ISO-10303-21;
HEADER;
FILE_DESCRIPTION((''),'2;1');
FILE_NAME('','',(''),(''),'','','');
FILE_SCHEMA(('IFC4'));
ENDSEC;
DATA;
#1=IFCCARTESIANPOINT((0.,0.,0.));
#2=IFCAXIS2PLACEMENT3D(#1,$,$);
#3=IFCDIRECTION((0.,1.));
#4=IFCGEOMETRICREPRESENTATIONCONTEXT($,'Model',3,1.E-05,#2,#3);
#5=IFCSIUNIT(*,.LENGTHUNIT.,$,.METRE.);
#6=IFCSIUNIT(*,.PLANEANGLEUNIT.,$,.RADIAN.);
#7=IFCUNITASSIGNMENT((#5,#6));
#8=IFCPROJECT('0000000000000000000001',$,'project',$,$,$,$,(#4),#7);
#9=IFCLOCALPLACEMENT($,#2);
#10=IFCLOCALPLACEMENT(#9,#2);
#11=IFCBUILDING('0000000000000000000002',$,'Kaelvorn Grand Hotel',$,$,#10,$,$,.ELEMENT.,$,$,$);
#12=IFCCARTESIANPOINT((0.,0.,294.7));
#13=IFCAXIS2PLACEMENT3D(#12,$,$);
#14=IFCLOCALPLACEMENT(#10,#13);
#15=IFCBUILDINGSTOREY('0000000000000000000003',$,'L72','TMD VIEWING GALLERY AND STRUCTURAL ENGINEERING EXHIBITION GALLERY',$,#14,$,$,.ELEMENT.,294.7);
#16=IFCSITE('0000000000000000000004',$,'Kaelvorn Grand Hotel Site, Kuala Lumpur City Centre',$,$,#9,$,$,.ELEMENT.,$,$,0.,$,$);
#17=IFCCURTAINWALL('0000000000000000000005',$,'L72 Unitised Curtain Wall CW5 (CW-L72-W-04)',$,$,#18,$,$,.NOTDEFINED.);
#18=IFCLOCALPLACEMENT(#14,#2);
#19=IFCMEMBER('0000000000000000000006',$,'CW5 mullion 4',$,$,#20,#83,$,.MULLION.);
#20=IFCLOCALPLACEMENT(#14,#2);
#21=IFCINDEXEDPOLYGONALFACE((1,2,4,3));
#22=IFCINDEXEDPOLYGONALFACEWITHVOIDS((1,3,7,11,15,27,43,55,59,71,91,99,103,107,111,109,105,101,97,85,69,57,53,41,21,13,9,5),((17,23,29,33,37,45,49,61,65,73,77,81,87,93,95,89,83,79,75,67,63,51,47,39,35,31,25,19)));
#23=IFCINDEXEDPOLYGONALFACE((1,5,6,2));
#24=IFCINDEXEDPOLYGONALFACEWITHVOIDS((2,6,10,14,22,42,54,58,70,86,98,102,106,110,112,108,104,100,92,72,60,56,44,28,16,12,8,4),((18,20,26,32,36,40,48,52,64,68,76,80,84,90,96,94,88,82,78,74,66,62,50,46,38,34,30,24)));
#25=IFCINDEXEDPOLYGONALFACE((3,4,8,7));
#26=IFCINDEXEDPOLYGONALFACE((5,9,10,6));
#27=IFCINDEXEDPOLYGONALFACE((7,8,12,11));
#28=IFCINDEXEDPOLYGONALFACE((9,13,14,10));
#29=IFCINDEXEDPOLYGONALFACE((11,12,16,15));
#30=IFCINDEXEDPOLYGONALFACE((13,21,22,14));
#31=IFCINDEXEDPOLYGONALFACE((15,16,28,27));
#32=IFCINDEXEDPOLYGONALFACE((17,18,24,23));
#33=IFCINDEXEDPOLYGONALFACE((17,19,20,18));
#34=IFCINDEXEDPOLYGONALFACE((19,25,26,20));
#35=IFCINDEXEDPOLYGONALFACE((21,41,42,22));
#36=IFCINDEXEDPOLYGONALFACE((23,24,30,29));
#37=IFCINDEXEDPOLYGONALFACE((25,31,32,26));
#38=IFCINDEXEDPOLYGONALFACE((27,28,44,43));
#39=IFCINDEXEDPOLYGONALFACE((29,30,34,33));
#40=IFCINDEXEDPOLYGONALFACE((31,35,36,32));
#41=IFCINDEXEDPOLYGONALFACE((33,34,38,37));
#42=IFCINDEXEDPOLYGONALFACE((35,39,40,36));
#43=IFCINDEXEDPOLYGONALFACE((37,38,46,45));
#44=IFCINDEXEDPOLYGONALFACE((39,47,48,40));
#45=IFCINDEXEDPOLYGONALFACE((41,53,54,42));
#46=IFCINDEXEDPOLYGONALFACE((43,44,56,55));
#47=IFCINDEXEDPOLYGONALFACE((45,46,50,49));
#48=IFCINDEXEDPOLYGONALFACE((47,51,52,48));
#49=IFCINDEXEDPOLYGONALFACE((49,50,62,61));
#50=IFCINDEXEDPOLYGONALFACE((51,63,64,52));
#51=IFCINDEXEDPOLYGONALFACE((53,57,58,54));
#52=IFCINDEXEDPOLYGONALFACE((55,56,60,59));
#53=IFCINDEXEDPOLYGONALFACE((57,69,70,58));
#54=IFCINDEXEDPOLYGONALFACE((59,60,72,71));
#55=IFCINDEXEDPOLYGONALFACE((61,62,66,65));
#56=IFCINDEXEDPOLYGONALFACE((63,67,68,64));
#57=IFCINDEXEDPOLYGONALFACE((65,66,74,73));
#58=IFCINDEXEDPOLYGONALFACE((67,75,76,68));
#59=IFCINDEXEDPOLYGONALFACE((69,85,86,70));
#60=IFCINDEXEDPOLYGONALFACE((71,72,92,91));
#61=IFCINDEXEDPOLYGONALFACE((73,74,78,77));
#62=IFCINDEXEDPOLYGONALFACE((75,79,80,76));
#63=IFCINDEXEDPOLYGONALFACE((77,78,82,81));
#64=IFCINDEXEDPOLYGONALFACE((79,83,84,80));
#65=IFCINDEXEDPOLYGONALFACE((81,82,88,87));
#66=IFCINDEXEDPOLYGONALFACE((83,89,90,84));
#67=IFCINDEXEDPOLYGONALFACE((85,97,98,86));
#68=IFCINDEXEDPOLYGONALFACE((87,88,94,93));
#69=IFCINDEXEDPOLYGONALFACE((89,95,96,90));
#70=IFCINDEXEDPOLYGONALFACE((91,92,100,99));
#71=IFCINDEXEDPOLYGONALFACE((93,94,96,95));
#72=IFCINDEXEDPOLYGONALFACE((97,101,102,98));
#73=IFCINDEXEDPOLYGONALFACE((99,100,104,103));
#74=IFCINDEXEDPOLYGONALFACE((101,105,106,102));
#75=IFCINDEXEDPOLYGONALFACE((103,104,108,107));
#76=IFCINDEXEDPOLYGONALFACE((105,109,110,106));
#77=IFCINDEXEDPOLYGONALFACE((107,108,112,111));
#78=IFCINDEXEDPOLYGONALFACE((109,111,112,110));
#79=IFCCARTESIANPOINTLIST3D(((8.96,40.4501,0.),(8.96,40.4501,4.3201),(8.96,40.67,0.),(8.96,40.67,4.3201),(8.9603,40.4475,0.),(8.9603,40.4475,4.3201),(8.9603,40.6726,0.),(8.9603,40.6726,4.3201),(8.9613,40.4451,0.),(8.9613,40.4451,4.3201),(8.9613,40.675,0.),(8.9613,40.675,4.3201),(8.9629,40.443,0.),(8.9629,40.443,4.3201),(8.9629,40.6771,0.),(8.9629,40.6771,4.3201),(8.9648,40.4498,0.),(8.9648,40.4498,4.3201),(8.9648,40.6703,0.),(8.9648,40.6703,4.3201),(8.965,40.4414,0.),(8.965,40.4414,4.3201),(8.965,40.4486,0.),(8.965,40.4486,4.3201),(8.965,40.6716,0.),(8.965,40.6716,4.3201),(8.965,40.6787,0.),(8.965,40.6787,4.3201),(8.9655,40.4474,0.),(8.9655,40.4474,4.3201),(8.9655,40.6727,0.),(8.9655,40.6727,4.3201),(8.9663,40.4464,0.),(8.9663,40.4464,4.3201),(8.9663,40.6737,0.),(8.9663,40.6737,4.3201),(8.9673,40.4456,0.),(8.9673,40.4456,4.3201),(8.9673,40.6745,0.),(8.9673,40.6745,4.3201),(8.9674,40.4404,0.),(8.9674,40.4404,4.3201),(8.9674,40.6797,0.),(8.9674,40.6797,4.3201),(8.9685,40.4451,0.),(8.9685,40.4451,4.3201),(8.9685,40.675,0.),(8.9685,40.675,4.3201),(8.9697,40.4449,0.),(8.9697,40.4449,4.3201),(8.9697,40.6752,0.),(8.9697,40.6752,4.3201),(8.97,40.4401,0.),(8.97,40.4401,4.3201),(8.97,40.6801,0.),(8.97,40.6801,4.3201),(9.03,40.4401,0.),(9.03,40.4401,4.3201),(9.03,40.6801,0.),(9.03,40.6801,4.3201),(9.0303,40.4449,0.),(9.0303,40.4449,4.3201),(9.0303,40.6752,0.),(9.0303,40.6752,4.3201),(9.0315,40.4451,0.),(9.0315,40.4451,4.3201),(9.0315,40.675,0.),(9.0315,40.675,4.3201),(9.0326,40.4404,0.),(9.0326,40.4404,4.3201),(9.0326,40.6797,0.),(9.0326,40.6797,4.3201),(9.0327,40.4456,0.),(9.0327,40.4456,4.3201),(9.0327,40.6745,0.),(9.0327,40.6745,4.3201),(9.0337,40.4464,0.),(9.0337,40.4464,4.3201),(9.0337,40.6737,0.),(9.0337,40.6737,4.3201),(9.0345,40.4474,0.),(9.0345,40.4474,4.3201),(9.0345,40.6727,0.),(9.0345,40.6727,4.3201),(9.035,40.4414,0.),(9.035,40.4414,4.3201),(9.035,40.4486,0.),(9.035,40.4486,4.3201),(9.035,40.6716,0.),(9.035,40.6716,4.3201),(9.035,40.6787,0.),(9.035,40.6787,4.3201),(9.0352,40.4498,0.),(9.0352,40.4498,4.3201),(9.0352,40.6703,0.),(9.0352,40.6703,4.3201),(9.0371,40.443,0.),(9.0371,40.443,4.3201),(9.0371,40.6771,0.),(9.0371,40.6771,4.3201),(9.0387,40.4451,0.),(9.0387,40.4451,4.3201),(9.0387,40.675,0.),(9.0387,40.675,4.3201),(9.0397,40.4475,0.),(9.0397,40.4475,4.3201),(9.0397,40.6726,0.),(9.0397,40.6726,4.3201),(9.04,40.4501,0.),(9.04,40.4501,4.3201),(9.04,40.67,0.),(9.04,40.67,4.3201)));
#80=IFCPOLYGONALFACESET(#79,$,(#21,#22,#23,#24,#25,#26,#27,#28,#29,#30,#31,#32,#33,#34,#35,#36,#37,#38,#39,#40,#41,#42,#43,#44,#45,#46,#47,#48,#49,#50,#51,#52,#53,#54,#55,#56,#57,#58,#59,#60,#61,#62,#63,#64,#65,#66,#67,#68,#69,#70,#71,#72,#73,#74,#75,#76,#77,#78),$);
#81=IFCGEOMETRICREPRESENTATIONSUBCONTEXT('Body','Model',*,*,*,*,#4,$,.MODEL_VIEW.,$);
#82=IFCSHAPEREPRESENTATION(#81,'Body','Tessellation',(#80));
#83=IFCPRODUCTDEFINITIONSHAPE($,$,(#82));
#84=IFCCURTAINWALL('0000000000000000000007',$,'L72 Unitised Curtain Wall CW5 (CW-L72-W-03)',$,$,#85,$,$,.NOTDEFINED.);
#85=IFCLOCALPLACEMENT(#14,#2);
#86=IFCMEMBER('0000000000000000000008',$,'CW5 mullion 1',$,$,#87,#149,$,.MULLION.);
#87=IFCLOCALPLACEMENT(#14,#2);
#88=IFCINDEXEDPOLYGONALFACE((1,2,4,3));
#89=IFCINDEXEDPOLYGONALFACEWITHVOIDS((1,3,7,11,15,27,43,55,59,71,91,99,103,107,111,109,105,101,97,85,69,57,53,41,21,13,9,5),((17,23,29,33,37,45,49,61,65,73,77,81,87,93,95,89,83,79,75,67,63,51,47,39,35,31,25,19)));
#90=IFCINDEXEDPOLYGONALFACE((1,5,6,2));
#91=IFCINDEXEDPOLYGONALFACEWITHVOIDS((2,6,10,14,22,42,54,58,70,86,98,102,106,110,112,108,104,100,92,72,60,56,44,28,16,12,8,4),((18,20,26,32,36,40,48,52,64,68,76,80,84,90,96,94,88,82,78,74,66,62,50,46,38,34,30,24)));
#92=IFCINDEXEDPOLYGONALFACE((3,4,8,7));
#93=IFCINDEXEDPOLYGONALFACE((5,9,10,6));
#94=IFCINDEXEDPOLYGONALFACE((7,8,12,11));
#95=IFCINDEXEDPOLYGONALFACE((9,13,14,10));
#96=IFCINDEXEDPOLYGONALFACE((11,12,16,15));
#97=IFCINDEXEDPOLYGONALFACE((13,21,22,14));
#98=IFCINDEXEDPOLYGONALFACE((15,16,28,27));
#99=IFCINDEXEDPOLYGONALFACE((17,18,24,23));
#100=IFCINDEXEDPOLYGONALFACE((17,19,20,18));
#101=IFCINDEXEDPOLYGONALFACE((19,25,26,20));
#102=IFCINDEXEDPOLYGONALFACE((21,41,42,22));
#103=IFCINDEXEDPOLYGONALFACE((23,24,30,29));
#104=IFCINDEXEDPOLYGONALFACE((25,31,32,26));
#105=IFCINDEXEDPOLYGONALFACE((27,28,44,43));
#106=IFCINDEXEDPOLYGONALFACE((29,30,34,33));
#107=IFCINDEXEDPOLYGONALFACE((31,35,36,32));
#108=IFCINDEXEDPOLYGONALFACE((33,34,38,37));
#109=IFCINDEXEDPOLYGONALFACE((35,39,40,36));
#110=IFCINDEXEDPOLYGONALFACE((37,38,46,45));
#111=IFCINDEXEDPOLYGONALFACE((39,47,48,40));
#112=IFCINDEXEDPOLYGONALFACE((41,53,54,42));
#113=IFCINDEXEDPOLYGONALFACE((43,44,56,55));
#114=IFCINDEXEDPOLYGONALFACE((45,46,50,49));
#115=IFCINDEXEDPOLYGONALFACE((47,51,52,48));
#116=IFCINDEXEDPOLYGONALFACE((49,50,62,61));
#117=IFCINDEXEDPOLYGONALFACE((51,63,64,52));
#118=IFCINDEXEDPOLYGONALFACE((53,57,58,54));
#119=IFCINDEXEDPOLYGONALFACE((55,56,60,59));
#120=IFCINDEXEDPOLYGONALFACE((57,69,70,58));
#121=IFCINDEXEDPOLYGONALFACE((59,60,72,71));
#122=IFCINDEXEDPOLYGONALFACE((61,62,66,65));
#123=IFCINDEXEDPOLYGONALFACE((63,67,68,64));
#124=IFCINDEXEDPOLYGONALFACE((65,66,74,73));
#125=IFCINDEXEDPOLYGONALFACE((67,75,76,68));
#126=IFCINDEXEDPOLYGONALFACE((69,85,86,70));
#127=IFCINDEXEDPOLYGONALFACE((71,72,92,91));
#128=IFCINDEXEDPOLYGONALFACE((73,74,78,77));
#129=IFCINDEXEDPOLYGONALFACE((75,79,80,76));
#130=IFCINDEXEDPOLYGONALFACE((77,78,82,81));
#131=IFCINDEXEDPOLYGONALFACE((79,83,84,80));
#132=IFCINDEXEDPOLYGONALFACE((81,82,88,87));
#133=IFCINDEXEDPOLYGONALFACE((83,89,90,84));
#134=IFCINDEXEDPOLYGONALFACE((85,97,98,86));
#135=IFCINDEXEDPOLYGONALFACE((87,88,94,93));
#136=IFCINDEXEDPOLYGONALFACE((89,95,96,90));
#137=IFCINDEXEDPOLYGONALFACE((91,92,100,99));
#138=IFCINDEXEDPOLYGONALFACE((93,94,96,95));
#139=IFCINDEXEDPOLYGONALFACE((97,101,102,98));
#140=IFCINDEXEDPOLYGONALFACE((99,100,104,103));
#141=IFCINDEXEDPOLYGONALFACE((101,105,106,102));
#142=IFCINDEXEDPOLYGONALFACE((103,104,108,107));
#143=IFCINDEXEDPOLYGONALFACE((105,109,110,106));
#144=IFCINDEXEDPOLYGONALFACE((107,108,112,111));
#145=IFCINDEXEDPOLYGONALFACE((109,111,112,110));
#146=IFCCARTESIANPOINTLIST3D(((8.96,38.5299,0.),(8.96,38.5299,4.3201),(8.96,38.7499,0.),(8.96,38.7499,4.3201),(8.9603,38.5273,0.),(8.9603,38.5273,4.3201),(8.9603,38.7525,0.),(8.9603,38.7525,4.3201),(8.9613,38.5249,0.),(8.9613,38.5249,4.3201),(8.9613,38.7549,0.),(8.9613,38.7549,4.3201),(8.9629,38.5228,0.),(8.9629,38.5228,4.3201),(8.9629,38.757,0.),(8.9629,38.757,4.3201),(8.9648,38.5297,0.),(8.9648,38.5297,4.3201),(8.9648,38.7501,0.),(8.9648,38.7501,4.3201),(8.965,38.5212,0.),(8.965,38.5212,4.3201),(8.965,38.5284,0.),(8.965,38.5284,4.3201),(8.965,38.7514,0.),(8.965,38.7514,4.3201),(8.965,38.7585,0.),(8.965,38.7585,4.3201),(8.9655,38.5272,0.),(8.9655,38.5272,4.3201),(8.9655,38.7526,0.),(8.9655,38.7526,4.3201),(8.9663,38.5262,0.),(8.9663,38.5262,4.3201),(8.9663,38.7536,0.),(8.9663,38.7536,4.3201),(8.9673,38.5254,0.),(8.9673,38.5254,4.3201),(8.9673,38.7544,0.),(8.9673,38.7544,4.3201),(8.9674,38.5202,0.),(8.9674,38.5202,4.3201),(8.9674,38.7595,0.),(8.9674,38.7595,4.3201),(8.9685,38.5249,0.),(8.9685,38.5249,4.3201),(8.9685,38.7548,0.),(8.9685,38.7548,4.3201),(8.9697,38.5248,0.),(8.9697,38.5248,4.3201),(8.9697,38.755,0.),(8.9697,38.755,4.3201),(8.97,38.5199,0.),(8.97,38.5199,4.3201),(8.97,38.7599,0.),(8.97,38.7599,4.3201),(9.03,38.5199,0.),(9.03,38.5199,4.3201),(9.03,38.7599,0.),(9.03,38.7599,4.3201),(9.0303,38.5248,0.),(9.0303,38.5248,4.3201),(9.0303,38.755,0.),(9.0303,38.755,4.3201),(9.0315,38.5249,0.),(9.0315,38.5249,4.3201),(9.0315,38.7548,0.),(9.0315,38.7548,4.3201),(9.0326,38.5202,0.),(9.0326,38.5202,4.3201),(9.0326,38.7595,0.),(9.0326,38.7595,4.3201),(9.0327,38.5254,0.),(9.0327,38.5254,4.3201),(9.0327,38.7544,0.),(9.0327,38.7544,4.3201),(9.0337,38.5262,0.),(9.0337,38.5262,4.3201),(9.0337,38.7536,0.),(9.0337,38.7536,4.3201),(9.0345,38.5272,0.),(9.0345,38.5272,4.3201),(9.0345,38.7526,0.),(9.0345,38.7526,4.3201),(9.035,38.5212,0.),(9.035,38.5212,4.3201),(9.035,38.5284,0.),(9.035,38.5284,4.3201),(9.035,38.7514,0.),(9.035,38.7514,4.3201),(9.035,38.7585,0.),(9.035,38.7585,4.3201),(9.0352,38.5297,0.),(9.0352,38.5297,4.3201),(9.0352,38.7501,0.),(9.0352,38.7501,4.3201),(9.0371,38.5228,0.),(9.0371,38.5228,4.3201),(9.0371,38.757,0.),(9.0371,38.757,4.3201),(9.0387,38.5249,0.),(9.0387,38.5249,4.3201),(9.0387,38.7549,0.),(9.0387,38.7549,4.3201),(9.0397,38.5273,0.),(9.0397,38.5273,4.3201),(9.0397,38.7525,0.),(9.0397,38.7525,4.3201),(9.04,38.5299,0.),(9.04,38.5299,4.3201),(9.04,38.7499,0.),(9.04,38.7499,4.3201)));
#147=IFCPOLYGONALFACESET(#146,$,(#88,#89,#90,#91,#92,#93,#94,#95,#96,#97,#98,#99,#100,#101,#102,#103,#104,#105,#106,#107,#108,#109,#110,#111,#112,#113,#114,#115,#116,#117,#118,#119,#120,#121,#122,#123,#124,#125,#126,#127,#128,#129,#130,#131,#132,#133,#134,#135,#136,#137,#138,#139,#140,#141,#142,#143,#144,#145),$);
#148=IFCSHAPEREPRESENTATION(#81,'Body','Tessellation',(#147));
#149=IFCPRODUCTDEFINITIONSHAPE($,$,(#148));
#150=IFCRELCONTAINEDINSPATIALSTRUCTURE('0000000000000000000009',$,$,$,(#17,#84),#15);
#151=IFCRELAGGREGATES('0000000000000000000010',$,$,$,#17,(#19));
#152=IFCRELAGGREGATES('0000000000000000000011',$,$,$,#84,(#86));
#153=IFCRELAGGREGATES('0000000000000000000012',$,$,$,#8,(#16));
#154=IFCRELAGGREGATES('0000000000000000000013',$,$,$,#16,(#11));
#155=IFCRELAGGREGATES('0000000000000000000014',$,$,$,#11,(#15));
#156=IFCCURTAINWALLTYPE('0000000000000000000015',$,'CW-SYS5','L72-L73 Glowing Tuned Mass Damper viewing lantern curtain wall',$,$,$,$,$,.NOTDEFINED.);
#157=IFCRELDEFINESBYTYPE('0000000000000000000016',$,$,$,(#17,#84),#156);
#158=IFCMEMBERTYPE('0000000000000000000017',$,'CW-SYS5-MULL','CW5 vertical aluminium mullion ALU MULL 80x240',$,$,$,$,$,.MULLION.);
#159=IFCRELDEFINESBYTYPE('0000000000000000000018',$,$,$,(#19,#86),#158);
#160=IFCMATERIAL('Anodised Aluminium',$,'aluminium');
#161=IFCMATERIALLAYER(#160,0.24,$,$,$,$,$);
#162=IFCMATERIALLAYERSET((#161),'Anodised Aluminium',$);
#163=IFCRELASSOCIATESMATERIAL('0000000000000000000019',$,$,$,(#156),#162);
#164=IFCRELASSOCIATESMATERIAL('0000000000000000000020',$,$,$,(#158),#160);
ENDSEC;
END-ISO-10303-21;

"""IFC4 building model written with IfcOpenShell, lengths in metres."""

from ifc_helpers import new_model, si_unit, direction, frame, origin, origin_2d, place, context, subcontext, project, spatial, hollow_rectangle, extrude, material, layer, layer_set, material_profile, profile_set, type_object, element, aggregate, save


model = new_model("IFC4")

# Units and contexts
model_context = context("Model", 3, precision=1e-05, world=origin(), true_north=direction((0.0, 1.0)))
body_context = subcontext(model_context, "Body", "Model", "MODEL_VIEW")
ifc_project = project(units=[si_unit("LENGTHUNIT", "METRE"), si_unit("PLANEANGLEUNIT", "RADIAN")], contexts=[model_context])

# Site, building, storey
site_placement = place(None, origin())
site = spatial("IfcSite", under=ifc_project, at=site_placement, Name="Kaelvorn Grand Hotel Site, Kuala Lumpur City Centre", CompositionType="ELEMENT", RefElevation=0.0)
building_placement = place(site_placement, origin())
building = spatial("IfcBuilding", under=site, at=building_placement, Name="Kaelvorn Grand Hotel", CompositionType="ELEMENT")
storey_placement = place(building_placement, frame((0.0, 0.0, 294.7)))
storey = spatial("IfcBuildingStorey", under=building, at=storey_placement, Name="L72", Description="TMD VIEWING GALLERY AND STRUCTURAL ENGINEERING EXHIBITION GALLERY", CompositionType="ELEMENT", Elevation=294.7)

# Curtain walls, members
ifc_material_1 = material(Name="Anodised Aluminium", Category="aluminium")
ifc_layer_1 = layer(ifc_material_1, 0.24)
ifc_layer_set_1 = layer_set([ifc_layer_1], Name="Anodised Aluminium")
curtain_wall_type = type_object("IfcCurtainWallType", Name="CW-SYS5", Description="L72-L73 Glowing Tuned Mass Damper viewing lantern curtain wall", PredefinedType="NOTDEFINED", material=ifc_layer_set_1)
curtain_wall_1_placement = place(storey_placement, origin())
curtain_wall_1 = element("IfcCurtainWall", 1, at=curtain_wall_1_placement, inside=storey, type_object=curtain_wall_type, Name="L72 Unitised Curtain Wall CW5 (CW-L72-W-04)", PredefinedType="NOTDEFINED")
ifc_material_profile_1 = material_profile(ifc_material_1, hollow_rectangle(XDim=0.0801, YDim=0.24, WallThickness=0.0049, InnerFilletRadius=0.0049, OuterFilletRadius=0.01, at=origin_2d()), Name="ALU MULL 80x240")
ifc_profile_set_1 = profile_set([ifc_material_profile_1], Name="Anodised Aluminium")
member_type_1 = type_object("IfcMemberType", Name="CW-SYS5-MULL", Description="CW5 vertical aluminium mullion ALU MULL 80x240", PredefinedType="MULLION", material=ifc_profile_set_1)
member_1_placement = place(storey_placement, frame((9.0, 40.5601, 0.0), z_axis=(0.0, 0.0, 1.0), x_axis=(1.0, 0.0, 0.0)))
member_1 = element("IfcMember", 2, at=member_1_placement, type_object=member_type_1, Name="CW5 mullion 4", PredefinedType="MULLION", context=body_context, shape_type="SweptSolid", body=[
    extrude(hollow_rectangle(XDim=0.0801, YDim=0.24, WallThickness=0.0049, InnerFilletRadius=0.0049, OuterFilletRadius=0.01, at=origin_2d()), origin(), (0.0, 0.0, 1.0), 4.3201),
])
curtain_wall_2_placement = place(storey_placement, origin())
curtain_wall_2 = element("IfcCurtainWall", 3, at=curtain_wall_2_placement, inside=storey, type_object=curtain_wall_type, Name="L72 Unitised Curtain Wall CW5 (CW-L72-W-03)", PredefinedType="NOTDEFINED")
member_2_placement = place(storey_placement, frame((9.0, 38.6399, 0.0), z_axis=(0.0, 0.0, 1.0), x_axis=(1.0, 0.0, 0.0)))
member_2 = element("IfcMember", 4, at=member_2_placement, type_object=member_type_1, Name="CW5 mullion 1", PredefinedType="MULLION", context=body_context, shape_type="SweptSolid", body=[
    extrude(hollow_rectangle(XDim=0.0801, YDim=0.24, WallThickness=0.0049, InnerFilletRadius=0.0049, OuterFilletRadius=0.01, at=origin_2d()), origin(), (0.0, 0.0, 1.0), 4.3201),
])

aggregate(curtain_wall_1, [member_1])
aggregate(curtain_wall_2, [member_2])

save(model, "model.ifc")
